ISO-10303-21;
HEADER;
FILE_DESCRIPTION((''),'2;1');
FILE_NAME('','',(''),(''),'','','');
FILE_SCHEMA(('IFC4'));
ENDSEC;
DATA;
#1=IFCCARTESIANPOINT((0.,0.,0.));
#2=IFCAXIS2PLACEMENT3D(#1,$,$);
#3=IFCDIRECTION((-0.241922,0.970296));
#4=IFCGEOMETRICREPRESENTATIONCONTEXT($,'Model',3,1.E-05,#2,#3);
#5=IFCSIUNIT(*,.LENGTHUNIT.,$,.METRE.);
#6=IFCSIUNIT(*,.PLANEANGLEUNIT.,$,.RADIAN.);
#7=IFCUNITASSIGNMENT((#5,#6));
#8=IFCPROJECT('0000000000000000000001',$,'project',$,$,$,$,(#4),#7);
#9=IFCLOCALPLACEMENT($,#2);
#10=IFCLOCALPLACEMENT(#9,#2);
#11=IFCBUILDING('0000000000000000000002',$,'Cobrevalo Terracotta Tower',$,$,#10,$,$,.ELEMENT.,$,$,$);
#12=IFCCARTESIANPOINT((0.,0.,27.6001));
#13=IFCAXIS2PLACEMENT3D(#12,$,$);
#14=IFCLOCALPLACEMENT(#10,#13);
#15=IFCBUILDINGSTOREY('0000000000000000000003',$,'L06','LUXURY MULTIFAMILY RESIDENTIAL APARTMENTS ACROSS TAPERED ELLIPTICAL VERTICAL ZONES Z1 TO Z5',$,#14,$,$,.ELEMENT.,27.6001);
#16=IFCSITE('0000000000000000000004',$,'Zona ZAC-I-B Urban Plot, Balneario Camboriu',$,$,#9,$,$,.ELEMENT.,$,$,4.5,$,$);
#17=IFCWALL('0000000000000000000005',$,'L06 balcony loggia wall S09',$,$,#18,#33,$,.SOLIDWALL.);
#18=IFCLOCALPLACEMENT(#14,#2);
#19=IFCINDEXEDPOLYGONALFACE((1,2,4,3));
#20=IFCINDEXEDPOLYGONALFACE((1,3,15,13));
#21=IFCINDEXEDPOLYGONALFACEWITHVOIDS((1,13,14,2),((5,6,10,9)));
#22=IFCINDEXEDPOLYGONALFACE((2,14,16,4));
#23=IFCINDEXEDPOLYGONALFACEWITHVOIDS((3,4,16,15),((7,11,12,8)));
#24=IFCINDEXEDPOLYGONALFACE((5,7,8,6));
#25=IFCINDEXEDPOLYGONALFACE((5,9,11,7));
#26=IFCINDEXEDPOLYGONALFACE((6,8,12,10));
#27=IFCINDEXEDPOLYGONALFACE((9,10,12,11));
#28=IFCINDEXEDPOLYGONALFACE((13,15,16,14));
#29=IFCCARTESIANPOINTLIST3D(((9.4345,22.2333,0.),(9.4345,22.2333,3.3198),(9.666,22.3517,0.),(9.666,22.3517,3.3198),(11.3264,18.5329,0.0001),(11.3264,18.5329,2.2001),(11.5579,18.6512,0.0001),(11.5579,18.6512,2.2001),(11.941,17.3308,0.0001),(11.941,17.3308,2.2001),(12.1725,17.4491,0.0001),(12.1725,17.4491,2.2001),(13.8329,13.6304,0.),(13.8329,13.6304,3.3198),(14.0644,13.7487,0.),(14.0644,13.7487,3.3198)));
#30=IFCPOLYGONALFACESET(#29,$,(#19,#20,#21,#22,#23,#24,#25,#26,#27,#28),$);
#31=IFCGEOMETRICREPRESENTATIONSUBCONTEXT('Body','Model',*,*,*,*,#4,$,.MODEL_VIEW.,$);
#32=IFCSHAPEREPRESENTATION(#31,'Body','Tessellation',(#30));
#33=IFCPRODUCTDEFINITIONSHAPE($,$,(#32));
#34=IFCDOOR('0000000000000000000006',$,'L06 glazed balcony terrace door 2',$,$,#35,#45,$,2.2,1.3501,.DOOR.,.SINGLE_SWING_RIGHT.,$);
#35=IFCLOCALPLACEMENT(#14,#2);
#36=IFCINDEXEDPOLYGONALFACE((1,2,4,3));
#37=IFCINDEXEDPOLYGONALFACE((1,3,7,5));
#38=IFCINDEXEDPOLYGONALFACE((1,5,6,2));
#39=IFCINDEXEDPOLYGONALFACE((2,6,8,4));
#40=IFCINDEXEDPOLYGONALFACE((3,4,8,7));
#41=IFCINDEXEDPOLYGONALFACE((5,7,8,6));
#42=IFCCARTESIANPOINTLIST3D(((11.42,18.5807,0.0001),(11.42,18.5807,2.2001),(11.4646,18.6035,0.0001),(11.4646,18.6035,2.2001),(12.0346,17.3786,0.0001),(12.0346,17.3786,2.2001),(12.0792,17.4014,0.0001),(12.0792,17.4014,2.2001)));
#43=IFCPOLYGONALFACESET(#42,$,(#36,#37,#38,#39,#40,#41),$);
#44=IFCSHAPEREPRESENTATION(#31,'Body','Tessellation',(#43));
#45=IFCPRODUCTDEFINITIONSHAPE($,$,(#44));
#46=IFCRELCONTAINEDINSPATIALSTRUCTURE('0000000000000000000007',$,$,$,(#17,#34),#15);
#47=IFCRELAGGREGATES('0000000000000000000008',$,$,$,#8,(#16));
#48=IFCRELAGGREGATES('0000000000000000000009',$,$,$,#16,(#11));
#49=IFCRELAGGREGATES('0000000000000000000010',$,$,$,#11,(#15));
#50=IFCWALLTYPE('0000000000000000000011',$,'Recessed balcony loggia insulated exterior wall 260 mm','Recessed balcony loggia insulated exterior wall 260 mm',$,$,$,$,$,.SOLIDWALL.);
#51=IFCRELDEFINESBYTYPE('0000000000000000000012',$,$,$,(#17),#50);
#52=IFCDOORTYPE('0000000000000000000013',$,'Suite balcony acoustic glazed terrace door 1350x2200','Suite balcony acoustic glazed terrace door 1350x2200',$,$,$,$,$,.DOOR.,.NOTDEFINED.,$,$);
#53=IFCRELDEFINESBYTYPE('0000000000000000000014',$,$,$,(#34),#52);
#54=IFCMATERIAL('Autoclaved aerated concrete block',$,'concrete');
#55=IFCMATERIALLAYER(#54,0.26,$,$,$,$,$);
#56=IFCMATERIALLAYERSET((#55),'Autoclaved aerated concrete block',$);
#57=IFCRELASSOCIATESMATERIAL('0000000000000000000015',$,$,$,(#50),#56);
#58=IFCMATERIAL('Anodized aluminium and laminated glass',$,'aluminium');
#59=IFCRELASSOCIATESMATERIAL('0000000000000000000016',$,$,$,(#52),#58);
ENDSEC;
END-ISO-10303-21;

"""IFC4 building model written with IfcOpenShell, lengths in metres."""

from ifc_helpers import new_model, si_unit, direction, frame, frame_2d, origin, place, context, subcontext, project, spatial, rectangle, extrude, source, transform, mapped, material, layer, layer_set, type_object, element, fill, save


model = new_model("IFC4")

# Units and contexts
model_context = context("Model", 3, precision=1e-05, world=origin(), true_north=direction((-0.241922, 0.970296)))
body_context = subcontext(model_context, "Body", "Model", "MODEL_VIEW")
ifc_project = project(units=[si_unit("LENGTHUNIT", "METRE"), si_unit("PLANEANGLEUNIT", "RADIAN")], contexts=[model_context])

# Site, building, storey
site_placement = place(None, origin())
site = spatial("IfcSite", under=ifc_project, at=site_placement, Name="Zona ZAC-I-B Urban Plot, Balneario Camboriu", CompositionType="ELEMENT", RefElevation=4.5)
building_placement = place(site_placement, origin())
building = spatial("IfcBuilding", under=site, at=building_placement, Name="Cobrevalo Terracotta Tower", CompositionType="ELEMENT")
storey_placement = place(building_placement, frame((0.0, 0.0, 27.6001)))
storey = spatial("IfcBuildingStorey", under=building, at=storey_placement, Name="L06", Description="LUXURY MULTIFAMILY RESIDENTIAL APARTMENTS ACROSS TAPERED ELLIPTICAL VERTICAL ZONES Z1 TO Z5", CompositionType="ELEMENT", Elevation=27.6001)

# Wall, opening, door
ifc_material_1 = material(Name="Autoclaved aerated concrete block", Category="concrete")
ifc_layer_1 = layer(ifc_material_1, 0.26)
ifc_layer_set_1 = layer_set([ifc_layer_1], Name="Autoclaved aerated concrete block")
wall_type = type_object("IfcWallType", Name="Recessed balcony loggia insulated exterior wall 260 mm", Description="Recessed balcony loggia insulated exterior wall 260 mm", PredefinedType="SOLIDWALL", material=ifc_layer_set_1)
wall_placement = place(storey_placement, frame((9.5503, 22.2925, 0.0), z_axis=(0.0, 0.0, 1.0), x_axis=(0.455221, -0.890379, 0.0)))
wall = element("IfcWall", 1, at=wall_placement, inside=storey, type_object=wall_type, Name="L06 balcony loggia wall S09", PredefinedType="SOLIDWALL", context=body_context, shape_type="SweptSolid", body=[
    extrude(rectangle(XDim=9.6621, YDim=0.26, at=frame_2d((4.8311, 0.0))), origin(), (0.0, 0.0, 1.0), 3.3198),
])
opening_placement = place(wall_placement, frame((4.156, 0.0, 0.0)))
opening = element("IfcOpeningElement", 2, at=opening_placement, cuts=wall, PredefinedType="OPENING", context=body_context, shape_type="SweptSolid", body=[
    extrude(rectangle(XDim=1.3501, YDim=2.2, at=frame_2d((0.675, 1.1001))), frame((0.0, 0.1401, 0.0), z_axis=(0.0, -1.0, 0.0), x_axis=(1.0, 0.0, 0.0)), (0.0, 0.0, 1.0), 0.28),
])
ifc_material_2 = material(Name="Anodized aluminium and laminated glass", Category="aluminium")
door_type = type_object("IfcDoorType", Name="Suite balcony acoustic glazed terrace door 1350x2200", Description="Suite balcony acoustic glazed terrace door 1350x2200", OperationType="NOTDEFINED", PredefinedType="DOOR", material=ifc_material_2)
shared_shape_1 = source(origin(), body_context, "Body", "SweptSolid", [
    extrude(rectangle(XDim=1.3501, YDim=2.2, at=frame_2d((0.675, 1.1001))), frame((0.0, 0.0249, 0.0), z_axis=(0.0, -1.0, 0.0), x_axis=(1.0, 0.0, 0.0)), (0.0, 0.0, 1.0), 0.05),
])
door_placement = place(opening_placement, frame((1.3501, 0.0, 0.0), z_axis=(0.0, 0.0, 1.0), x_axis=(-1.0, 0.0, 0.0)))
door = element("IfcDoor", 3, at=door_placement, inside=storey, type_object=door_type, Name="L06 glazed balcony terrace door 2", OperationType="SINGLE_SWING_RIGHT", OverallHeight=2.2, OverallWidth=1.3501, PredefinedType="DOOR", context=body_context, shape_type="MappedRepresentation", body=[
    mapped(shared_shape_1, transform((0.0, 0.0, 0.0), scale=1.0)),
])
fill(opening, door)

save(model, "model.ifc")
